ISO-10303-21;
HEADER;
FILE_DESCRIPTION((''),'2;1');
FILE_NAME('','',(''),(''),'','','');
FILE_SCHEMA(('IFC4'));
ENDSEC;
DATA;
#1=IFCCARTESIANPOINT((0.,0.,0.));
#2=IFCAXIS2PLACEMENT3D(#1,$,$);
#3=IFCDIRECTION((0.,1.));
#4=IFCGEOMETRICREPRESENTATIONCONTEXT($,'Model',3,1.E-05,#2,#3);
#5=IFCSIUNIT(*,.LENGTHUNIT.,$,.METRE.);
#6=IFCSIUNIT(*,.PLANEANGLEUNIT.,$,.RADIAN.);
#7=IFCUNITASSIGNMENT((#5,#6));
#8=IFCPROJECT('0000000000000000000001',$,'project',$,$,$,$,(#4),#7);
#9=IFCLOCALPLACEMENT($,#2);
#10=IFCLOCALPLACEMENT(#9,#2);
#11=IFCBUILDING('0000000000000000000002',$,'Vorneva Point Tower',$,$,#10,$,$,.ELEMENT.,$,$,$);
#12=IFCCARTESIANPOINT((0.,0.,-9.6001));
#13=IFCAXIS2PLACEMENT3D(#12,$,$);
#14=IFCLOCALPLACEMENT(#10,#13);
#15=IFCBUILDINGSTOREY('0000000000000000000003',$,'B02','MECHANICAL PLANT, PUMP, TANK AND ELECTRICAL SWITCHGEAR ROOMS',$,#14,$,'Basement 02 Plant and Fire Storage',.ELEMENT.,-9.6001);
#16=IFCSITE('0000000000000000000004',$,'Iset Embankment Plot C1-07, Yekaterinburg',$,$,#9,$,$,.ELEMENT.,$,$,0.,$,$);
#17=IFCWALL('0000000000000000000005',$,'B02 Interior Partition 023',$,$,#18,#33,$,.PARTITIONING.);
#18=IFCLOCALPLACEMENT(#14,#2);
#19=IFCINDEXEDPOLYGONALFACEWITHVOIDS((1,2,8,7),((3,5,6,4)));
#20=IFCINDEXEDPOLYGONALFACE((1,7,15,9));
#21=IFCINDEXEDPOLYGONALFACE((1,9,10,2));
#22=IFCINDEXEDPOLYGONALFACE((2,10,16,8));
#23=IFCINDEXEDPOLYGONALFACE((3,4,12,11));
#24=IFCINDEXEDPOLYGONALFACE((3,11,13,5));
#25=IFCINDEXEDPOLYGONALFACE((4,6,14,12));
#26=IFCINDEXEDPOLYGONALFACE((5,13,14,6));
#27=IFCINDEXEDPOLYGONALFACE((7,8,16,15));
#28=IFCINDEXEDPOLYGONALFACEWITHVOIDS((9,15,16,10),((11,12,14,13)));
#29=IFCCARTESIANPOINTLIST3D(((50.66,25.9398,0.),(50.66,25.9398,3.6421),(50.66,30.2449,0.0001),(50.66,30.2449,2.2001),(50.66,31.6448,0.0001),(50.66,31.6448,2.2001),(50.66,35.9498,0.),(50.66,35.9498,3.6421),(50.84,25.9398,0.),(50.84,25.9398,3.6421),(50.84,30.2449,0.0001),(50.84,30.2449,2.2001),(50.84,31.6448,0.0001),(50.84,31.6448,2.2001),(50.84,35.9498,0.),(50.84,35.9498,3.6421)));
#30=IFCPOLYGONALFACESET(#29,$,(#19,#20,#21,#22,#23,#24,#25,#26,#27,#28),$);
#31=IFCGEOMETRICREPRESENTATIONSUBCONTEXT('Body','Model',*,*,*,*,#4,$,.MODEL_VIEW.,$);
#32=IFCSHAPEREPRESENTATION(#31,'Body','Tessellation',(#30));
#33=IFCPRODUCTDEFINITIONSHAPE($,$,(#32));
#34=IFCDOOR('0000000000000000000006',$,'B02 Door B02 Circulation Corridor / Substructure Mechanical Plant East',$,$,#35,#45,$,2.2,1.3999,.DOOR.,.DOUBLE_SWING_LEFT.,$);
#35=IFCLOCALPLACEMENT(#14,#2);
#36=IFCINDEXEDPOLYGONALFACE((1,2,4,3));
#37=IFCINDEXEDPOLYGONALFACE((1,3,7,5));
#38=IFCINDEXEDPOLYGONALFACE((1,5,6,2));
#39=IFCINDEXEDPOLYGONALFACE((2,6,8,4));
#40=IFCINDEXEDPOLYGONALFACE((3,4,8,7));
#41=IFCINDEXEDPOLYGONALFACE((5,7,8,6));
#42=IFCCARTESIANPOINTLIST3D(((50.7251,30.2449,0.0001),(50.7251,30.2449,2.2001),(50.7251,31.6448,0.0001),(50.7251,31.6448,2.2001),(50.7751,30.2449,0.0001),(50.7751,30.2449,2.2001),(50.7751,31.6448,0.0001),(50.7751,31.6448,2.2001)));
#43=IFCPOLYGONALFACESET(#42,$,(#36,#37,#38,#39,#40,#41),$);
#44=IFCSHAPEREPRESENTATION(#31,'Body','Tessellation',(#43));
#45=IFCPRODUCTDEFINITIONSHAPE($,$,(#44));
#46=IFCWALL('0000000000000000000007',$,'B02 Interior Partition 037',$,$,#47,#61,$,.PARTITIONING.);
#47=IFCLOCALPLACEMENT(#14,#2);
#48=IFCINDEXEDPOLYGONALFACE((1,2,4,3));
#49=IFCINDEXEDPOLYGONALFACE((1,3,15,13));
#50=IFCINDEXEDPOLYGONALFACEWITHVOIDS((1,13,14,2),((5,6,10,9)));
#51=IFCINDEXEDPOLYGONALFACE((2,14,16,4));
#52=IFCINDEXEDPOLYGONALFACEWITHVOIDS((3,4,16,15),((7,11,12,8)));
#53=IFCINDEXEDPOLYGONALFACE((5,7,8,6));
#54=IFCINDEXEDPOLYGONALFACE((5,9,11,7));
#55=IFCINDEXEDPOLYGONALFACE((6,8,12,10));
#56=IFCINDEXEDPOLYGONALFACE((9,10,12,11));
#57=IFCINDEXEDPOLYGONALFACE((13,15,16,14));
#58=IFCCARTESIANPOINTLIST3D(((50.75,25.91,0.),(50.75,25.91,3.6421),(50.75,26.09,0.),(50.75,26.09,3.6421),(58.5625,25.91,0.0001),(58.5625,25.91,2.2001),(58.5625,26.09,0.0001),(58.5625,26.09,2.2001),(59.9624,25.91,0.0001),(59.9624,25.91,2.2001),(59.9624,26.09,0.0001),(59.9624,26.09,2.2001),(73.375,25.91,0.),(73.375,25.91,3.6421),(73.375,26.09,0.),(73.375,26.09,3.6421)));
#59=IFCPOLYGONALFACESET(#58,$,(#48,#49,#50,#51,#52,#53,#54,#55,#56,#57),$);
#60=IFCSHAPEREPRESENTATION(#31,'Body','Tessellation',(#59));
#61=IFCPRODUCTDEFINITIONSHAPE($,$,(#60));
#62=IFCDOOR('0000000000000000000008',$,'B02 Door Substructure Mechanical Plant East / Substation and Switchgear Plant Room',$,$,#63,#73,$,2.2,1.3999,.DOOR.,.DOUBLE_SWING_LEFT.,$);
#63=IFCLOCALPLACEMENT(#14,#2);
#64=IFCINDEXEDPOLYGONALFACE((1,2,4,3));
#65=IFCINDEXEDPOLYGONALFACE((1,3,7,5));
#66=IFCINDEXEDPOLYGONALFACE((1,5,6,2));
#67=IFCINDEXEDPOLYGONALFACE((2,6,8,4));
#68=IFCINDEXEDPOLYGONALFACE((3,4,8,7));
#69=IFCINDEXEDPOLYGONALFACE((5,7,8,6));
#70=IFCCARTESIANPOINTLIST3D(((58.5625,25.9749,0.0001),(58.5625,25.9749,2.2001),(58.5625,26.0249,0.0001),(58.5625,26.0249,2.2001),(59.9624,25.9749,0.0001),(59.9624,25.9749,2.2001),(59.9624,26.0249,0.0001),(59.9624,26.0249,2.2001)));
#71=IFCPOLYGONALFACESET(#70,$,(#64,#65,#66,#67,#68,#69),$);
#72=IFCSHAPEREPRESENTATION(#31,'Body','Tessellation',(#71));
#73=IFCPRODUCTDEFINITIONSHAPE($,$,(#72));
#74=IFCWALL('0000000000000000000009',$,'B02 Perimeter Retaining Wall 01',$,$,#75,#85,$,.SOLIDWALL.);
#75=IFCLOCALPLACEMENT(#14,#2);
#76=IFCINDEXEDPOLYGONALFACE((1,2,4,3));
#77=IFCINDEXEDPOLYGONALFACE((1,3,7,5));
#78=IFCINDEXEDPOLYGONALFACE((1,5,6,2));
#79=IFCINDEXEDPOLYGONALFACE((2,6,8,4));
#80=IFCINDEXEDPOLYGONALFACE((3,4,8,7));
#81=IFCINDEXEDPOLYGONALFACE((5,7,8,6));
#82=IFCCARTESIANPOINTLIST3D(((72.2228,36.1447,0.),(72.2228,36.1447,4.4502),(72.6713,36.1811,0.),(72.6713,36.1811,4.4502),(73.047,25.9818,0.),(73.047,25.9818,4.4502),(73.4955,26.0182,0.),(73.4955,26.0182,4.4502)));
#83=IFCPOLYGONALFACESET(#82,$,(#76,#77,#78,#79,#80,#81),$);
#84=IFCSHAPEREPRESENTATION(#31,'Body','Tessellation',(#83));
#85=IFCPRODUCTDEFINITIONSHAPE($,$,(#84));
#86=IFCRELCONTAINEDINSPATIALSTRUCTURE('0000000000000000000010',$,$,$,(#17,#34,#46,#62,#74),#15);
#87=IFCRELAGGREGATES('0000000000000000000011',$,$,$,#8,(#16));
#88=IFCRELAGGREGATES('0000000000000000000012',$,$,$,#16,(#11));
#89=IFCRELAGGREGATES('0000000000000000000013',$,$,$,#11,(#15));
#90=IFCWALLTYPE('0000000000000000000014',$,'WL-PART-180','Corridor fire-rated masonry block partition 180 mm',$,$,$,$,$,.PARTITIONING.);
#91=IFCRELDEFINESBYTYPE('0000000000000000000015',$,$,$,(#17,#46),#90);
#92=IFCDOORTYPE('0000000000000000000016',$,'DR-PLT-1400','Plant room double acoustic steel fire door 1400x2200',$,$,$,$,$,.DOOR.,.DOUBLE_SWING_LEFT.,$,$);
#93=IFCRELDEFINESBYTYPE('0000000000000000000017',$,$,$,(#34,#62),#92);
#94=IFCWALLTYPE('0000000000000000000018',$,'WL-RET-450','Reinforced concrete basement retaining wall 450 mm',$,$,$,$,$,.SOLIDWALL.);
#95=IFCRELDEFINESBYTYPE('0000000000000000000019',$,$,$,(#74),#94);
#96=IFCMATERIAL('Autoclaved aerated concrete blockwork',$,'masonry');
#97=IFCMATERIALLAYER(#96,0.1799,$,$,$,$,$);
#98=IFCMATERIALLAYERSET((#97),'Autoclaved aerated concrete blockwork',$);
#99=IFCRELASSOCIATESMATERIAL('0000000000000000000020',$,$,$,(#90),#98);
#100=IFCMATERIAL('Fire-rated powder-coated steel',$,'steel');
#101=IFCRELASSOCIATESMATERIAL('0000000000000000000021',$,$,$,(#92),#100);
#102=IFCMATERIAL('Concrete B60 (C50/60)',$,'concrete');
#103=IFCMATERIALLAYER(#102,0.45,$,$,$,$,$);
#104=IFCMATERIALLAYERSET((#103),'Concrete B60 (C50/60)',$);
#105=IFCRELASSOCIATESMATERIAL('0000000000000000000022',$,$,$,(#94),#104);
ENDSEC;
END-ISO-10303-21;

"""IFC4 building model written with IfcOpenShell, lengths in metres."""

from ifc_helpers import new_model, si_unit, direction, frame, frame_2d, origin, place, context, subcontext, project, spatial, rectangle, extrude, material, layer, layer_set, type_object, element, fill, save


model = new_model("IFC4")

# Units and contexts
model_context = context("Model", 3, precision=1e-05, world=origin(), true_north=direction((0.0, 1.0)))
body_context = subcontext(model_context, "Body", "Model", "MODEL_VIEW")
ifc_project = project(units=[si_unit("LENGTHUNIT", "METRE"), si_unit("PLANEANGLEUNIT", "RADIAN")], contexts=[model_context])

# Site, building, storey
site_placement = place(None, origin())
site = spatial("IfcSite", under=ifc_project, at=site_placement, Name="Iset Embankment Plot C1-07, Yekaterinburg", CompositionType="ELEMENT", RefElevation=0.0)
building_placement = place(site_placement, origin())
building = spatial("IfcBuilding", under=site, at=building_placement, Name="Vorneva Point Tower", CompositionType="ELEMENT")
storey_placement = place(building_placement, frame((0.0, 0.0, -9.6001)))
storey = spatial("IfcBuildingStorey", under=building, at=storey_placement, Name="B02", Description="MECHANICAL PLANT, PUMP, TANK AND ELECTRICAL SWITCHGEAR ROOMS", LongName="Basement 02 Plant and Fire Storage", CompositionType="ELEMENT", Elevation=-9.6001)

# Shared definitions
ifc_material_1 = material(Name="Concrete B60 (C50/60)", Category="concrete")

# Walls, openings, doors
ifc_material_2 = material(Name="Autoclaved aerated concrete blockwork", Category="masonry")
ifc_layer_1 = layer(ifc_material_2, 0.1799)
ifc_layer_set_1 = layer_set([ifc_layer_1], Name="Autoclaved aerated concrete blockwork")
wall_type_1 = type_object("IfcWallType", Name="WL-PART-180", Description="Corridor fire-rated masonry block partition 180 mm", PredefinedType="PARTITIONING", material=ifc_layer_set_1)
wall_1_placement = place(storey_placement, frame((50.75, 25.9399, 0.0), z_axis=(0.0, 0.0, 1.0), x_axis=(0.0, 1.0, 0.0)))
wall_1 = element("IfcWall", 1, at=wall_1_placement, inside=storey, type_object=wall_type_1, Name="B02 Interior Partition 023", PredefinedType="PARTITIONING", context=body_context, shape_type="SweptSolid", body=[
    extrude(rectangle(XDim=10.01, YDim=0.1799, at=frame_2d((5.0049, 0.0))), origin(), (0.0, 0.0, 1.0), 3.6421),
])
opening_1_placement = place(wall_1_placement, frame((4.3049, 0.0, 0.0)))
opening_1 = element("IfcOpeningElement", 2, at=opening_1_placement, cuts=wall_1, PredefinedType="OPENING", context=body_context, shape_type="SweptSolid", body=[
    extrude(rectangle(XDim=1.3999, YDim=2.2, at=frame_2d((0.7, 1.1001))), frame((0.0, 0.105, 0.0), z_axis=(0.0, -1.0, 0.0), x_axis=(1.0, 0.0, 0.0)), (0.0, 0.0, 1.0), 0.2097),
])
ifc_material_3 = material(Name="Fire-rated powder-coated steel", Category="steel")
door_type = type_object("IfcDoorType", Name="DR-PLT-1400", Description="Plant room double acoustic steel fire door 1400x2200", OperationType="DOUBLE_SWING_LEFT", PredefinedType="DOOR", material=ifc_material_3)
door_1_placement = place(opening_1_placement, origin())
door_1 = element("IfcDoor", 3, at=door_1_placement, inside=storey, type_object=door_type, Name="B02 Door B02 Circulation Corridor / Substructure Mechanical Plant East", OperationType="DOUBLE_SWING_LEFT", OverallHeight=2.2, OverallWidth=1.3999, PredefinedType="DOOR", context=body_context, shape_type="SweptSolid", body=[
    extrude(rectangle(XDim=1.3999, YDim=2.2, at=frame_2d((0.7, 1.1001))), frame((0.0, 0.0249, 0.0), z_axis=(0.0, -1.0, 0.0), x_axis=(1.0, 0.0, 0.0)), (0.0, 0.0, 1.0), 0.05),
])
fill(opening_1, door_1)
wall_2_placement = place(storey_placement, frame((50.75, 26.0, 0.0), z_axis=(0.0, 0.0, 1.0), x_axis=(1.0, 0.0, 0.0)))
wall_2 = element("IfcWall", 4, at=wall_2_placement, inside=storey, type_object=wall_type_1, Name="B02 Interior Partition 037", PredefinedType="PARTITIONING", context=body_context, shape_type="SweptSolid", body=[
    extrude(rectangle(XDim=22.625, YDim=0.1799, at=frame_2d((11.3125, 0.0))), origin(), (0.0, 0.0, 1.0), 3.6421),
])
opening_2_placement = place(wall_2_placement, frame((7.8125, 0.0, 0.0)))
opening_2 = element("IfcOpeningElement", 5, at=opening_2_placement, cuts=wall_2, PredefinedType="OPENING", context=body_context, shape_type="SweptSolid", body=[
    extrude(rectangle(XDim=1.3999, YDim=2.2, at=frame_2d((0.7, 1.1001))), frame((0.0, 0.105, 0.0), z_axis=(0.0, -1.0, 0.0), x_axis=(1.0, 0.0, 0.0)), (0.0, 0.0, 1.0), 0.2097),
])
door_2_placement = place(opening_2_placement, origin())
door_2 = element("IfcDoor", 6, at=door_2_placement, inside=storey, type_object=door_type, Name="B02 Door Substructure Mechanical Plant East / Substation and Switchgear Plant Room", OperationType="DOUBLE_SWING_LEFT", OverallHeight=2.2, OverallWidth=1.3999, PredefinedType="DOOR", context=body_context, shape_type="SweptSolid", body=[
    extrude(rectangle(XDim=1.3999, YDim=2.2, at=frame_2d((0.7, 1.1001))), frame((0.0, 0.0249, 0.0), z_axis=(0.0, -1.0, 0.0), x_axis=(1.0, 0.0, 0.0)), (0.0, 0.0, 1.0), 0.05),
])
fill(opening_2, door_2)

# Wall
ifc_layer_2 = layer(ifc_material_1, 0.45)
ifc_layer_set_2 = layer_set([ifc_layer_2], Name="Concrete B60 (C50/60)")
wall_type_2 = type_object("IfcWallType", Name="WL-RET-450", Description="Reinforced concrete basement retaining wall 450 mm", PredefinedType="SOLIDWALL", material=ifc_layer_set_2)
wall_3_placement = place(storey_placement, frame((73.2712, 26.0, 0.0), z_axis=(0.0, 0.0, 1.0), x_axis=(-0.080836, 0.996727, 0.0)))
element("IfcWall", 7, at=wall_3_placement, inside=storey, type_object=wall_type_2, Name="B02 Perimeter Retaining Wall 01", PredefinedType="SOLIDWALL", context=body_context, shape_type="SweptSolid", body=[
    extrude(rectangle(XDim=10.1963, YDim=0.45, at=frame_2d((5.0981, 0.0))), origin(), (0.0, 0.0, 1.0), 4.4502),
])

save(model, "model.ifc")
